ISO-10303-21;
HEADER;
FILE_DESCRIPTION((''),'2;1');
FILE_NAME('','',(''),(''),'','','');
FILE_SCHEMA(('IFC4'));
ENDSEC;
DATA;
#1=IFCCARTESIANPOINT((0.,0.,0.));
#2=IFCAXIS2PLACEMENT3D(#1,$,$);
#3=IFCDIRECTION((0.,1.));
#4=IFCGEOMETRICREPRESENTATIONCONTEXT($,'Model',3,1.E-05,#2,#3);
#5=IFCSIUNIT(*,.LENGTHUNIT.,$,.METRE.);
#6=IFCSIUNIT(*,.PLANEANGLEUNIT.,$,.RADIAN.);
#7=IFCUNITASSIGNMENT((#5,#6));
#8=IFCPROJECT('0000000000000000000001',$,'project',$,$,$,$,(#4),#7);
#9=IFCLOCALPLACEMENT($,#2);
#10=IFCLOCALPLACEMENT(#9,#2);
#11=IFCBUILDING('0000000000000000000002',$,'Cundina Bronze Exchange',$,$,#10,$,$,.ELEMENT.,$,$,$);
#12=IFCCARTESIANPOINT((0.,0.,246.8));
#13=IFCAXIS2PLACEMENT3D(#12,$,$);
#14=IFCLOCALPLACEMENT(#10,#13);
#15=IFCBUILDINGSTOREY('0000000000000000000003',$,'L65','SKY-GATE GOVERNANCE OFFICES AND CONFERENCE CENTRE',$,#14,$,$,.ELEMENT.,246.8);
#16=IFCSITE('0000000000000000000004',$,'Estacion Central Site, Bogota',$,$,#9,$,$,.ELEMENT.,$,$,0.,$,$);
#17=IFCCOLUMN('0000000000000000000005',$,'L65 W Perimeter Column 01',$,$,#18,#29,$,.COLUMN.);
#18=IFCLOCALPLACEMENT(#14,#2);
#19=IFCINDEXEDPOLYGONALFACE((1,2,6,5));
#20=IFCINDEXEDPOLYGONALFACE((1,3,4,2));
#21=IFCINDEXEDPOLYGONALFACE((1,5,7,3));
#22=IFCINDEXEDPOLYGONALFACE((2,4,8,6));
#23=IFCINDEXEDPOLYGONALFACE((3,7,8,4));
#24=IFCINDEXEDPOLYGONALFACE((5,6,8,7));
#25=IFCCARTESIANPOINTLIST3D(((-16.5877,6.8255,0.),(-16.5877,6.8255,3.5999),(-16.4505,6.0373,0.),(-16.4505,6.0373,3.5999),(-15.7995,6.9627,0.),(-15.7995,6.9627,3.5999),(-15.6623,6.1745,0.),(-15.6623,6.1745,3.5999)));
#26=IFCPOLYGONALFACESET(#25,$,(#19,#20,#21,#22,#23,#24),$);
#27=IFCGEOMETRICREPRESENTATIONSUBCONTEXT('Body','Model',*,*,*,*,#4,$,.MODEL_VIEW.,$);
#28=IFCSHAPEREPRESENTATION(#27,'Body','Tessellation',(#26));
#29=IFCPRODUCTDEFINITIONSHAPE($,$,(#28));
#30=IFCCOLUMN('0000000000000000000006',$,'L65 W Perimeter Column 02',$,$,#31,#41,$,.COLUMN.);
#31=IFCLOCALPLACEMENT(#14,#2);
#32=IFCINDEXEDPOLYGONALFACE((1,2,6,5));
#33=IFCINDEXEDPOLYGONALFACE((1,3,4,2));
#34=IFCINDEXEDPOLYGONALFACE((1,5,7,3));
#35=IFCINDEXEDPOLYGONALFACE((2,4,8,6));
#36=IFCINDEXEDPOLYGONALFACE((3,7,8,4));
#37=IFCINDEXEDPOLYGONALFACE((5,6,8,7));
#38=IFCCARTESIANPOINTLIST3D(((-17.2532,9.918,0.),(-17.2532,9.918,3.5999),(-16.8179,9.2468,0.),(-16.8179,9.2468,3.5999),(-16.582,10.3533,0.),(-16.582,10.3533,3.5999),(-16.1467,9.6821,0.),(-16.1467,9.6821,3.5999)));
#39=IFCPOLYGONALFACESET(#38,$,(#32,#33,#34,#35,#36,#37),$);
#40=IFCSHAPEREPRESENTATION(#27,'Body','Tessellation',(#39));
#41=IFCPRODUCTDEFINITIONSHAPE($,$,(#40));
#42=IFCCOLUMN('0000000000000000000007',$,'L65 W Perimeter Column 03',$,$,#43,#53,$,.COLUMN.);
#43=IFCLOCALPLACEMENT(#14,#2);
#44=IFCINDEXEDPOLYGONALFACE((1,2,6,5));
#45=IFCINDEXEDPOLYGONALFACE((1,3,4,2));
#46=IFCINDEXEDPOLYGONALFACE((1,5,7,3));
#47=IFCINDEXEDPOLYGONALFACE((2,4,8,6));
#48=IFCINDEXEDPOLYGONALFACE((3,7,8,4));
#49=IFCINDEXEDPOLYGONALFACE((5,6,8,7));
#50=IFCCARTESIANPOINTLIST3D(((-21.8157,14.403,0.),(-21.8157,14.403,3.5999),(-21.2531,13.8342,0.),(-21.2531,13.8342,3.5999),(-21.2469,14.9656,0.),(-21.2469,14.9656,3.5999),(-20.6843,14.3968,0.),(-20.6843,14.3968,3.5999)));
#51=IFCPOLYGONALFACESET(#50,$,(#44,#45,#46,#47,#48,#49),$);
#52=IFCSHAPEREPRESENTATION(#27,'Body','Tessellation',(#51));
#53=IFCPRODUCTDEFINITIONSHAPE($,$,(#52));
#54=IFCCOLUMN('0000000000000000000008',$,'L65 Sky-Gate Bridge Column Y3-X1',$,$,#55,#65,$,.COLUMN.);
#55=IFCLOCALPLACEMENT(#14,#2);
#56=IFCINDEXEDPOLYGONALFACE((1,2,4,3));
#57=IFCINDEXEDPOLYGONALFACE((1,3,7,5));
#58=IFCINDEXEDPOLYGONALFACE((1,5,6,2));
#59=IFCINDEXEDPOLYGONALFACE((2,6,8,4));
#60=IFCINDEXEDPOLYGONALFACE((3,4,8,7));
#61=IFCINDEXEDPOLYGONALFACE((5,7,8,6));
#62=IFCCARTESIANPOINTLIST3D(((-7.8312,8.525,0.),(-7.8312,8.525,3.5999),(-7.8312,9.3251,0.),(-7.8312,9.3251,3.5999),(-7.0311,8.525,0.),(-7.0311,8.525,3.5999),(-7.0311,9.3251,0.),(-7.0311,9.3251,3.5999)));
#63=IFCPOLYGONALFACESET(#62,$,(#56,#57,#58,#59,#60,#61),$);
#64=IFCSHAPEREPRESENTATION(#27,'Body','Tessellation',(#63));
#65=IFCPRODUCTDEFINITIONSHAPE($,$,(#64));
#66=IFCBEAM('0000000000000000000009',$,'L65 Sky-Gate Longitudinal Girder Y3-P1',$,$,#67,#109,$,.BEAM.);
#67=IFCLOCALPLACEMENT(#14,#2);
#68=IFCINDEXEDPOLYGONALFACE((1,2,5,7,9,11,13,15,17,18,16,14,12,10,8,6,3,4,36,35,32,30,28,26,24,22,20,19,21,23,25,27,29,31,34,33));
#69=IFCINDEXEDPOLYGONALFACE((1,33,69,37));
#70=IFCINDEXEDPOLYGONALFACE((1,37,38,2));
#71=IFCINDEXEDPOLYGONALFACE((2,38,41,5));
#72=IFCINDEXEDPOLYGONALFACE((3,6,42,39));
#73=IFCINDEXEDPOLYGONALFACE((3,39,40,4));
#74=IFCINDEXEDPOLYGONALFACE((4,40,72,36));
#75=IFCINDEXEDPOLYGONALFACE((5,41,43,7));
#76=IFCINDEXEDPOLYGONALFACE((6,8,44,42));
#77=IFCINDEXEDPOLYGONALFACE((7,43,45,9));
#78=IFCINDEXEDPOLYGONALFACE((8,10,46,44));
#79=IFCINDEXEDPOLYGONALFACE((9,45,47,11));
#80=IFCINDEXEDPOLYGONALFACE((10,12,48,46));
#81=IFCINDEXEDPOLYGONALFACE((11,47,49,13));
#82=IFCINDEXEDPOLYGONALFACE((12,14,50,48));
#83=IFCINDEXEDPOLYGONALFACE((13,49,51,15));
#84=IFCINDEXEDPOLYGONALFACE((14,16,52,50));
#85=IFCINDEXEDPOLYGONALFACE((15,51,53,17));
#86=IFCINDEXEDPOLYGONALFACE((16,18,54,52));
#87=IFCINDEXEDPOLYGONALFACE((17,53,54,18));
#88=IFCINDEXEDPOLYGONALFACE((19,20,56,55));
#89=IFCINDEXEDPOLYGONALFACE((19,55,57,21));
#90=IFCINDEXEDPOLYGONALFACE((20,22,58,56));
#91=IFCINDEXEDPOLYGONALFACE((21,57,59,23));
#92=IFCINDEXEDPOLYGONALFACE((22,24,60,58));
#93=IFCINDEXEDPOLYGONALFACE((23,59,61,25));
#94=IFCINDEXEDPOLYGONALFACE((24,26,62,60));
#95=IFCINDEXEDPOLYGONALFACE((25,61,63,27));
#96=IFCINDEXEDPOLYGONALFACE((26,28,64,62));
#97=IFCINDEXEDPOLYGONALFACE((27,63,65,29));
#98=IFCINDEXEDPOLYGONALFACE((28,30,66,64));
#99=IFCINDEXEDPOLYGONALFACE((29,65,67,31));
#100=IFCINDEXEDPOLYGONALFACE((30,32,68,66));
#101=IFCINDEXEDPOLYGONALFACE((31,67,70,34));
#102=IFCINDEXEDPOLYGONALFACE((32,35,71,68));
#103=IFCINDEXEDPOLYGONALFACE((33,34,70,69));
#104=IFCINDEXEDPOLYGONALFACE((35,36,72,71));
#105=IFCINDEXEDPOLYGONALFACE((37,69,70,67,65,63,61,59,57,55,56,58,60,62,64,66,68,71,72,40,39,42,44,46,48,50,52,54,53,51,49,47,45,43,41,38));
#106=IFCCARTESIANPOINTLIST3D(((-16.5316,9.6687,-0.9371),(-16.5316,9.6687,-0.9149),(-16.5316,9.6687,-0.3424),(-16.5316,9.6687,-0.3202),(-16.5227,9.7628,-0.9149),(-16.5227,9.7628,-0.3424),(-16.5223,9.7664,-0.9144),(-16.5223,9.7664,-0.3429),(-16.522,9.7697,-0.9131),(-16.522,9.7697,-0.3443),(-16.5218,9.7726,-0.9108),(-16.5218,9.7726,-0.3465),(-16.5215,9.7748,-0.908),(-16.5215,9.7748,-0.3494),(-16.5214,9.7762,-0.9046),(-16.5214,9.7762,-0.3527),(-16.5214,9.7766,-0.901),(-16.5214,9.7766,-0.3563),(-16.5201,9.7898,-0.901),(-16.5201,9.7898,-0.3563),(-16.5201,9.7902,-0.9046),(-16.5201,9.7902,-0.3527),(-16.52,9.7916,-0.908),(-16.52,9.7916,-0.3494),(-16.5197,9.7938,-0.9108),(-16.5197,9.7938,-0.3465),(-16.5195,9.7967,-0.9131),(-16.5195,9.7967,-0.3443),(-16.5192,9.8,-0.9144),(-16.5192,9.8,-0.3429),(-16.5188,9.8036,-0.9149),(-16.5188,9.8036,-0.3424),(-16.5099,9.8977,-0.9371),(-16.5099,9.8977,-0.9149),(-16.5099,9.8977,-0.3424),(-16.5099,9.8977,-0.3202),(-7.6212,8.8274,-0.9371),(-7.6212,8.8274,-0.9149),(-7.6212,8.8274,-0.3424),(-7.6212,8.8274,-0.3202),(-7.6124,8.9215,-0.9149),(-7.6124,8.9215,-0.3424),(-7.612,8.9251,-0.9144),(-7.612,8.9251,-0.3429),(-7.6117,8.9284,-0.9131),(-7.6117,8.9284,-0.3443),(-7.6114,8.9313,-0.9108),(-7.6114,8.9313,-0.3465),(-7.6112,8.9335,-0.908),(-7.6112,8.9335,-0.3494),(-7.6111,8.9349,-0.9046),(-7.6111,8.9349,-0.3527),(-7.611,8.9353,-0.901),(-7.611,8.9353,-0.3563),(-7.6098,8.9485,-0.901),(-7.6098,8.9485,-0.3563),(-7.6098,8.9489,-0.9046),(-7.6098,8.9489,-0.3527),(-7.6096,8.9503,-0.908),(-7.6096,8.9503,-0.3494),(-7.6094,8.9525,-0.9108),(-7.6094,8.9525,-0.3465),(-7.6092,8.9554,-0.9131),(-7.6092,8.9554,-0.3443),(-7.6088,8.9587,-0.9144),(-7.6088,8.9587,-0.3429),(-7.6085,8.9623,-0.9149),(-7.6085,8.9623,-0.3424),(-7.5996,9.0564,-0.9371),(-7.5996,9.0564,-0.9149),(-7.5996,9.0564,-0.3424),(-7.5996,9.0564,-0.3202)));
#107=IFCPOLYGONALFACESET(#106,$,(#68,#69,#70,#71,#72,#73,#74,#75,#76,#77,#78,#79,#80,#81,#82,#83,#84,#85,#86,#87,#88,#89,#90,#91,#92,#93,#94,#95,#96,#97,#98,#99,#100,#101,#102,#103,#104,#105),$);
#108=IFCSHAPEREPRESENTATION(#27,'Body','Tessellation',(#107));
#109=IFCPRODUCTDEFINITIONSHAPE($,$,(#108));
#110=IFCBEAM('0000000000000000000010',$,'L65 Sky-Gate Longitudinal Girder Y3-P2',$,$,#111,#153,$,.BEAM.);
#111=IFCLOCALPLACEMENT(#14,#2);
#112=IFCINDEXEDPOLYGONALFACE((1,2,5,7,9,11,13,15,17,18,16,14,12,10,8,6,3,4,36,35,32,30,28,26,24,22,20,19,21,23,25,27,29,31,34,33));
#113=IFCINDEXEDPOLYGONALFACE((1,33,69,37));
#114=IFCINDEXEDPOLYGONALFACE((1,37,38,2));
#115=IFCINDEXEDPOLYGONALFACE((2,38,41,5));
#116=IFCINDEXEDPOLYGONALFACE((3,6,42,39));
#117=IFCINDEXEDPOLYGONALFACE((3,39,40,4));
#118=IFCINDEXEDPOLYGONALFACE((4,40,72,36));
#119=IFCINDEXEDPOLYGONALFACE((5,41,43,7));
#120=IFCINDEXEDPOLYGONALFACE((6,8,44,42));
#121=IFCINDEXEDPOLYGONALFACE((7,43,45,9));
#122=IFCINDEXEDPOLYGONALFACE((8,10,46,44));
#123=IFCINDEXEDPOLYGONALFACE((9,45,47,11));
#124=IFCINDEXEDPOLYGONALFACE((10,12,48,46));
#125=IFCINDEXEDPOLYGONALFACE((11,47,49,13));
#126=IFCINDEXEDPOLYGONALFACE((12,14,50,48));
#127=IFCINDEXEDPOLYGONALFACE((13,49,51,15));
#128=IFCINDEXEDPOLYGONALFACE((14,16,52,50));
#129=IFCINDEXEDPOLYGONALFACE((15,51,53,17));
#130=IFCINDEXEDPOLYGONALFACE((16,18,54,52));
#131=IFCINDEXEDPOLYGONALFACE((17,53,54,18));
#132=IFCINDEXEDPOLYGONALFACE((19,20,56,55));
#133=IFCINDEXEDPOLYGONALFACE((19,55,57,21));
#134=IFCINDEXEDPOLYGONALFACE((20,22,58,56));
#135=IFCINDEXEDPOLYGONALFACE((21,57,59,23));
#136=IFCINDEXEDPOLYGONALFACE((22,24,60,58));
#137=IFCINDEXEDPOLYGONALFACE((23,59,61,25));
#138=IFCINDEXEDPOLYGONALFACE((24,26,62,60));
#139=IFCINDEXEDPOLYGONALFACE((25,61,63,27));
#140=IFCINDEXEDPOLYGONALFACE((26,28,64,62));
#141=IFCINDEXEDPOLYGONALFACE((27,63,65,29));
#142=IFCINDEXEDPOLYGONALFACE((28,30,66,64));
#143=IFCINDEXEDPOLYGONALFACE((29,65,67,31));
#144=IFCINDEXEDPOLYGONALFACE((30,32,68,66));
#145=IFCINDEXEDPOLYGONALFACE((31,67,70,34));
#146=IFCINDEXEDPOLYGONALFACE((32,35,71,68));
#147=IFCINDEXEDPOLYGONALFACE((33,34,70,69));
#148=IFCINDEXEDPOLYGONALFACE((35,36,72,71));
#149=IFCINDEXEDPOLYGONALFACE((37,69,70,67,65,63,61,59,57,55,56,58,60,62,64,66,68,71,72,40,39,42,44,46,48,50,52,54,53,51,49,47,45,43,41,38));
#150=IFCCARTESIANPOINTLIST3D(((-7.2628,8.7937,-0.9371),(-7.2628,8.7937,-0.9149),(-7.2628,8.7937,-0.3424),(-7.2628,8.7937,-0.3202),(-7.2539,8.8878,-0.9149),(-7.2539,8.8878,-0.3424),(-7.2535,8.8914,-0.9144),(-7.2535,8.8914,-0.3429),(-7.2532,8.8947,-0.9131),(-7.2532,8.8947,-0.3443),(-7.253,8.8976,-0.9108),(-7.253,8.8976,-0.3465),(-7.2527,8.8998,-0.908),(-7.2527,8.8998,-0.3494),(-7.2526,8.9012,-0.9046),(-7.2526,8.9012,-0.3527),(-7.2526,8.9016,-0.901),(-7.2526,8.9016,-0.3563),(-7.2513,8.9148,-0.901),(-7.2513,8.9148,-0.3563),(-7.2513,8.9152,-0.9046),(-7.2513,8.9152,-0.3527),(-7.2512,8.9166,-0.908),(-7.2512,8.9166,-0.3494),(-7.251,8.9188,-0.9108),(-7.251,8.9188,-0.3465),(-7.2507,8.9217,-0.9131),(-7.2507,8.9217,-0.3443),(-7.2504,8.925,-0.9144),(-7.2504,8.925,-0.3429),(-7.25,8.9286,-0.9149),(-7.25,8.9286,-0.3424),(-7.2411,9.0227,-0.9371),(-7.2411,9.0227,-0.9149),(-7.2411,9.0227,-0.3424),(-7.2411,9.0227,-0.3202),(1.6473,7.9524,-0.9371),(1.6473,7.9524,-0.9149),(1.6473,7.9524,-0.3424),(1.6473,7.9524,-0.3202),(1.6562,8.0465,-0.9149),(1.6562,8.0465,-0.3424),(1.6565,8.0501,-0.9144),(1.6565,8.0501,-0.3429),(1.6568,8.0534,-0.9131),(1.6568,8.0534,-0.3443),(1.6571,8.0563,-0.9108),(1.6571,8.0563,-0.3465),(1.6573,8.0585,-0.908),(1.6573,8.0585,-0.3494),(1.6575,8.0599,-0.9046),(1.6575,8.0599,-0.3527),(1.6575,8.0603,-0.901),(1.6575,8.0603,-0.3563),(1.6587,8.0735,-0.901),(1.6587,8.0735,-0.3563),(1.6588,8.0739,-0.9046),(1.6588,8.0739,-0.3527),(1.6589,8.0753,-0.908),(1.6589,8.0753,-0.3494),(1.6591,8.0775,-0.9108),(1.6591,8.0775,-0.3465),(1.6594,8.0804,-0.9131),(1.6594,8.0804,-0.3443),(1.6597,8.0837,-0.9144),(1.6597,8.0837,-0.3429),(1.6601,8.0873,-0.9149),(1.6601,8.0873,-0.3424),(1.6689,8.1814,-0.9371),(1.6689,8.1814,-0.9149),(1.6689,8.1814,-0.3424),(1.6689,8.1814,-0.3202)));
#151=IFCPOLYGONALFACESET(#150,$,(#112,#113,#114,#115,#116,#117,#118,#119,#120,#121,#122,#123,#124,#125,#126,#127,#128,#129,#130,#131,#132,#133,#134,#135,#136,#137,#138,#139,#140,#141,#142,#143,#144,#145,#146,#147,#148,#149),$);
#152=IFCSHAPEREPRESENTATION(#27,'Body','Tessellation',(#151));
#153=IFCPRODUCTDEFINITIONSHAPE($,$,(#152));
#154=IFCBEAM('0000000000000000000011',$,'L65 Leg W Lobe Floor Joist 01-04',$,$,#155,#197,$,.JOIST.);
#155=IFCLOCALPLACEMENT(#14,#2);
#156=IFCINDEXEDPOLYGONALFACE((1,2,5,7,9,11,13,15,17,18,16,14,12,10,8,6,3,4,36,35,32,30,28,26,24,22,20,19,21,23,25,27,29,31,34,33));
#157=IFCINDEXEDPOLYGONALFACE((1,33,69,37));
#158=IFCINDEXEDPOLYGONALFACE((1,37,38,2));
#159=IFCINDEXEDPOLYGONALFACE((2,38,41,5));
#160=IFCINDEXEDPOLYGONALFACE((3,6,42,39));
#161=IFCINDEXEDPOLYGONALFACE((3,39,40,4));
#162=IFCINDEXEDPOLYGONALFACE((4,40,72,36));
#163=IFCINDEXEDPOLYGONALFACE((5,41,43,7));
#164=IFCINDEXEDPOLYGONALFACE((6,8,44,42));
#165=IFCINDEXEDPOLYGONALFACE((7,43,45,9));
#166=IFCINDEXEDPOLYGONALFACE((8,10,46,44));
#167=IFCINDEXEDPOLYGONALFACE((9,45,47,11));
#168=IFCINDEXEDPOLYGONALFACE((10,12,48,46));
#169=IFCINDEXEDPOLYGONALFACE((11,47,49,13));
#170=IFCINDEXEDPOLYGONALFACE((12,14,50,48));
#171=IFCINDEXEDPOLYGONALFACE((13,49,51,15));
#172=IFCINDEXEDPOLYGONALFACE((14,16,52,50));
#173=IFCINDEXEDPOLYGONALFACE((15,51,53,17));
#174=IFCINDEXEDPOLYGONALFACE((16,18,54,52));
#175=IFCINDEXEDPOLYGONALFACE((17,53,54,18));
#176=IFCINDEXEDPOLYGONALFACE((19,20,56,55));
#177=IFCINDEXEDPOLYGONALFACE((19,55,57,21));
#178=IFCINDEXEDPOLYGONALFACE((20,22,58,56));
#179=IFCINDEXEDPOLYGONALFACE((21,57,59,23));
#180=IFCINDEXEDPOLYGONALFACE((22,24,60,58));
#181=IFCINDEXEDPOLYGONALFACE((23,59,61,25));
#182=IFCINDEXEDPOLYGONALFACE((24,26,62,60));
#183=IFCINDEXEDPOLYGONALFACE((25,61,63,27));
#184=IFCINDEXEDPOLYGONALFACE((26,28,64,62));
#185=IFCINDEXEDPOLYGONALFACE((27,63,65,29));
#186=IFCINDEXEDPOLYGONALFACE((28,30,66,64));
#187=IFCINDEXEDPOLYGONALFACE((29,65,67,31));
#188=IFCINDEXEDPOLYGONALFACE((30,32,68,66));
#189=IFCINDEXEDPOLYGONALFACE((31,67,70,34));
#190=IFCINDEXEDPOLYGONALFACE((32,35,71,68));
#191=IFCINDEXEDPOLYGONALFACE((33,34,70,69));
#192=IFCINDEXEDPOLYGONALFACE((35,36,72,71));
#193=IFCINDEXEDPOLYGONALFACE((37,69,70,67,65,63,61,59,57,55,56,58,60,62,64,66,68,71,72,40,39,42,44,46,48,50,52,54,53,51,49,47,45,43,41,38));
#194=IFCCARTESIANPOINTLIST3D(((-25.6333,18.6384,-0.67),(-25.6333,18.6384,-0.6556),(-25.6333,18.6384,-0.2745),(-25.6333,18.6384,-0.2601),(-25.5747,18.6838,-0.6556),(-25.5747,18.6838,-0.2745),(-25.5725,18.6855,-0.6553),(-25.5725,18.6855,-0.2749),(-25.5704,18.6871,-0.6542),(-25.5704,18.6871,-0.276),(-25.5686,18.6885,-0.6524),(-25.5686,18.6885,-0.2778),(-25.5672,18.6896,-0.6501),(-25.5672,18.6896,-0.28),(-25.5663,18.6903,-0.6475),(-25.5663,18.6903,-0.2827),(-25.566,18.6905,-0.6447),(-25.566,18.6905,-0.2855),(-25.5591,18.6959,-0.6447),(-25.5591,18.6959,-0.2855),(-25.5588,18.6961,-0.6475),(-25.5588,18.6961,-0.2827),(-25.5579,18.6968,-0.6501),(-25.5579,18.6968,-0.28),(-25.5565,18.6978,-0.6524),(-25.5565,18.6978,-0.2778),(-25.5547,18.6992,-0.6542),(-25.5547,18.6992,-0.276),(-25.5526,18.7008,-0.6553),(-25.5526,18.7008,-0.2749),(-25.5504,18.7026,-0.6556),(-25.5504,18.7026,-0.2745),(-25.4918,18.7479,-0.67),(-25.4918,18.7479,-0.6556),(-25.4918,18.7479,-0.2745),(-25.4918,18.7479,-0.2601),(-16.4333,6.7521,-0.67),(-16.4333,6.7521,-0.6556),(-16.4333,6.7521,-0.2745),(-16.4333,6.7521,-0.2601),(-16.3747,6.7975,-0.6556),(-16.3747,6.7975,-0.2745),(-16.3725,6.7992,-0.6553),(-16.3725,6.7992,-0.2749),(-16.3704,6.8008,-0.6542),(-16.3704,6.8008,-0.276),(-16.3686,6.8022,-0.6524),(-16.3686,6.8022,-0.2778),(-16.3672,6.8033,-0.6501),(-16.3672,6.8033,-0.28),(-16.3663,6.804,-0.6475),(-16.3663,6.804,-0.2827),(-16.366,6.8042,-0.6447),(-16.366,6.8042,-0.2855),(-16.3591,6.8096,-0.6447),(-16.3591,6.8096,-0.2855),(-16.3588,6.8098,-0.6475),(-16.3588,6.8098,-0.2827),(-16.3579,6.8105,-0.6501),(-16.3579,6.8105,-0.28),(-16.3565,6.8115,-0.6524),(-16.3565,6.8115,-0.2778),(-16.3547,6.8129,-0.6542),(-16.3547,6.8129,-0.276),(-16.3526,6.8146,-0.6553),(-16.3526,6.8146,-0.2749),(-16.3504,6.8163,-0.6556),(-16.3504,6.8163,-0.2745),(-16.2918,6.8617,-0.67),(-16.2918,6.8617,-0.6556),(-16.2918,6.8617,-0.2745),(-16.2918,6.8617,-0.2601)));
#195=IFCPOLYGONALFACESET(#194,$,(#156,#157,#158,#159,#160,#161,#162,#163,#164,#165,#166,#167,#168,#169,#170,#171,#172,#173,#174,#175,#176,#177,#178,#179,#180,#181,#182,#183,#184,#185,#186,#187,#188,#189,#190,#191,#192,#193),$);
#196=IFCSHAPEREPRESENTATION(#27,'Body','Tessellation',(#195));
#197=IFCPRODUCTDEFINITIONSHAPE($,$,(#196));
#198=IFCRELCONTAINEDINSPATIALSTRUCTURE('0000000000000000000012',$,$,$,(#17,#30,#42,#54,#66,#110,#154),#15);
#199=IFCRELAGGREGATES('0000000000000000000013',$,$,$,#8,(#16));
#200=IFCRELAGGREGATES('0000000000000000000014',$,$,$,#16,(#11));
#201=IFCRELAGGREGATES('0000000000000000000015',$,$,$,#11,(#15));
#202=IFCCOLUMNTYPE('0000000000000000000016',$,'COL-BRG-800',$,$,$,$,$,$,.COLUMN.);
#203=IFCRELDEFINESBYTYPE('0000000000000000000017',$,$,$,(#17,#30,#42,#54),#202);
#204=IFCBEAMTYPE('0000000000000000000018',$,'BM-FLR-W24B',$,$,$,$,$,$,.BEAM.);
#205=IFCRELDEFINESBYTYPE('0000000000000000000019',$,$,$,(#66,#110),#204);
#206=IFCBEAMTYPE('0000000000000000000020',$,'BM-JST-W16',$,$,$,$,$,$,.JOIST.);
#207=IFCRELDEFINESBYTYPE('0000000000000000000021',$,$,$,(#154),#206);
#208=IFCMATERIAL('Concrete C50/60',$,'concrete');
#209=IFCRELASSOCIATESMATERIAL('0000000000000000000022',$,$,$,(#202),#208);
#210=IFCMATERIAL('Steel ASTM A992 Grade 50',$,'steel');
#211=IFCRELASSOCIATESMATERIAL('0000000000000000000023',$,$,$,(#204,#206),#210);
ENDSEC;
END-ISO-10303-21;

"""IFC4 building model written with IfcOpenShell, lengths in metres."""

from ifc_helpers import new_model, si_unit, direction, frame, origin, origin_2d, place, context, subcontext, project, spatial, rectangle, i_section, extrude, material, material_profile, profile_set, type_object, element, save


model = new_model("IFC4")

# Units and contexts
model_context = context("Model", 3, precision=1e-05, world=origin(), true_north=direction((0.0, 1.0)))
body_context = subcontext(model_context, "Body", "Model", "MODEL_VIEW")
ifc_project = project(units=[si_unit("LENGTHUNIT", "METRE"), si_unit("PLANEANGLEUNIT", "RADIAN")], contexts=[model_context])

# Site, building, storey
site_placement = place(None, origin())
site = spatial("IfcSite", under=ifc_project, at=site_placement, Name="Estacion Central Site, Bogota", CompositionType="ELEMENT", RefElevation=0.0)
building_placement = place(site_placement, origin())
building = spatial("IfcBuilding", under=site, at=building_placement, Name="Cundina Bronze Exchange", CompositionType="ELEMENT")
storey_placement = place(building_placement, frame((0.0, 0.0, 246.8)))
storey = spatial("IfcBuildingStorey", under=building, at=storey_placement, Name="L65", Description="SKY-GATE GOVERNANCE OFFICES AND CONFERENCE CENTRE", CompositionType="ELEMENT", Elevation=246.8)

# Columns
ifc_material_1 = material(Name="Concrete C50/60", Category="concrete")
ifc_material_profile_1 = material_profile(ifc_material_1, rectangle(XDim=0.8, YDim=0.8, at=origin_2d()), Name="RC800X800", Category="concrete")
ifc_profile_set_1 = profile_set([ifc_material_profile_1], Name="Concrete C50/60")
column_type = type_object("IfcColumnType", Name="COL-BRG-800", PredefinedType="COLUMN", material=ifc_profile_set_1)
for number, where, z_axis, x_axis, name in (
    (1, (-16.125, 6.5, 0.0), (0.0, 0.0, 1.0), (-0.171585, 0.985169, 0.0), "L65 W Perimeter Column 01"),
    (2, (-16.7, 9.8, 0.0), (0.0, 0.0, 1.0), (-0.5442, 0.838956, 0.0), "L65 W Perimeter Column 02"),
    (3, (-21.25, 14.3999, 0.0), (0.0, 0.0, 1.0), (-0.703271, 0.710922, 0.0), "L65 W Perimeter Column 03"),
    (4, (-7.4312, 8.925, 0.0), (0.0, 0.0, 1.0), (1.0, 0.0, 0.0), "L65 Sky-Gate Bridge Column Y3-X1"),
):
    element("IfcColumn", number, at=place(storey_placement, frame(where, z_axis=z_axis, x_axis=x_axis)), inside=storey, type_object=column_type, Name=name, PredefinedType="COLUMN", context=body_context, shape_type="SweptSolid", body=[
        extrude(rectangle(XDim=0.8, YDim=0.8, at=origin_2d()), origin(), (0.0, 0.0, 1.0), 3.5999),
    ])

# Beams
ifc_material_2 = material(Name="Steel ASTM A992 Grade 50", Category="steel")
ifc_material_profile_2 = material_profile(ifc_material_2, i_section(OverallWidth=0.23, OverallDepth=0.6169, WebThickness=0.0132, FlangeThickness=0.0222, FilletRadius=0.0139, at=origin_2d()), Name="W24X94", Category="steel")
ifc_profile_set_2 = profile_set([ifc_material_profile_2], Name="Steel ASTM A992 Grade 50")
beam_type_1 = type_object("IfcBeamType", Name="BM-FLR-W24B", PredefinedType="BEAM", material=ifc_profile_set_2)
beam_1_placement = place(storey_placement, frame((-16.5208, 9.7832, -0.6287), z_axis=(0.995572, -0.094001, 0.0), x_axis=(0.094001, 0.995572, 0.0)))
element("IfcBeam", 5, at=beam_1_placement, inside=storey, type_object=beam_type_1, Name="L65 Sky-Gate Longitudinal Girder Y3-P1", PredefinedType="BEAM", context=body_context, shape_type="SweptSolid", body=[
    extrude(i_section(OverallWidth=0.23, OverallDepth=0.6169, WebThickness=0.0132, FlangeThickness=0.0222, FilletRadius=0.0139, at=origin_2d()), origin(), (0.0, 0.0, 1.0), 8.95),
])
beam_2_placement = place(storey_placement, frame((-7.252, 8.9082, -0.6287), z_axis=(0.995572, -0.094003, 0.0), x_axis=(0.094003, 0.995572, 0.0)))
element("IfcBeam", 6, at=beam_2_placement, inside=storey, type_object=beam_type_1, Name="L65 Sky-Gate Longitudinal Girder Y3-P2", PredefinedType="BEAM", context=body_context, shape_type="SweptSolid", body=[
    extrude(i_section(OverallWidth=0.23, OverallDepth=0.6169, WebThickness=0.0132, FlangeThickness=0.0222, FilletRadius=0.0139, at=origin_2d()), origin(), (0.0, 0.0, 1.0), 8.9497),
])
ifc_material_profile_3 = material_profile(ifc_material_2, i_section(OverallWidth=0.179, OverallDepth=0.4099, WebThickness=0.0088, FlangeThickness=0.0144, FilletRadius=0.011, at=origin_2d()), Name="W16X45", Category="steel")
ifc_profile_set_3 = profile_set([ifc_material_profile_3], Name="Steel ASTM A992 Grade 50")
beam_type_2 = type_object("IfcBeamType", Name="BM-JST-W16", PredefinedType="JOIST", material=ifc_profile_set_3)
beam_3_placement = place(storey_placement, frame((-16.3625, 6.8069, -0.4651), z_axis=(-0.612078, 0.790798, 0.0), x_axis=(-0.790798, -0.612078, 0.0)))
element("IfcBeam", 7, at=beam_3_placement, inside=storey, type_object=beam_type_2, Name="L65 Leg W Lobe Floor Joist 01-04", PredefinedType="JOIST", context=body_context, shape_type="SweptSolid", body=[
    extrude(i_section(OverallWidth=0.179, OverallDepth=0.4099, WebThickness=0.0088, FlangeThickness=0.0144, FilletRadius=0.011, at=origin_2d()), origin(), (0.0, 0.0, 1.0), 15.0308),
])

save(model, "model.ifc")
